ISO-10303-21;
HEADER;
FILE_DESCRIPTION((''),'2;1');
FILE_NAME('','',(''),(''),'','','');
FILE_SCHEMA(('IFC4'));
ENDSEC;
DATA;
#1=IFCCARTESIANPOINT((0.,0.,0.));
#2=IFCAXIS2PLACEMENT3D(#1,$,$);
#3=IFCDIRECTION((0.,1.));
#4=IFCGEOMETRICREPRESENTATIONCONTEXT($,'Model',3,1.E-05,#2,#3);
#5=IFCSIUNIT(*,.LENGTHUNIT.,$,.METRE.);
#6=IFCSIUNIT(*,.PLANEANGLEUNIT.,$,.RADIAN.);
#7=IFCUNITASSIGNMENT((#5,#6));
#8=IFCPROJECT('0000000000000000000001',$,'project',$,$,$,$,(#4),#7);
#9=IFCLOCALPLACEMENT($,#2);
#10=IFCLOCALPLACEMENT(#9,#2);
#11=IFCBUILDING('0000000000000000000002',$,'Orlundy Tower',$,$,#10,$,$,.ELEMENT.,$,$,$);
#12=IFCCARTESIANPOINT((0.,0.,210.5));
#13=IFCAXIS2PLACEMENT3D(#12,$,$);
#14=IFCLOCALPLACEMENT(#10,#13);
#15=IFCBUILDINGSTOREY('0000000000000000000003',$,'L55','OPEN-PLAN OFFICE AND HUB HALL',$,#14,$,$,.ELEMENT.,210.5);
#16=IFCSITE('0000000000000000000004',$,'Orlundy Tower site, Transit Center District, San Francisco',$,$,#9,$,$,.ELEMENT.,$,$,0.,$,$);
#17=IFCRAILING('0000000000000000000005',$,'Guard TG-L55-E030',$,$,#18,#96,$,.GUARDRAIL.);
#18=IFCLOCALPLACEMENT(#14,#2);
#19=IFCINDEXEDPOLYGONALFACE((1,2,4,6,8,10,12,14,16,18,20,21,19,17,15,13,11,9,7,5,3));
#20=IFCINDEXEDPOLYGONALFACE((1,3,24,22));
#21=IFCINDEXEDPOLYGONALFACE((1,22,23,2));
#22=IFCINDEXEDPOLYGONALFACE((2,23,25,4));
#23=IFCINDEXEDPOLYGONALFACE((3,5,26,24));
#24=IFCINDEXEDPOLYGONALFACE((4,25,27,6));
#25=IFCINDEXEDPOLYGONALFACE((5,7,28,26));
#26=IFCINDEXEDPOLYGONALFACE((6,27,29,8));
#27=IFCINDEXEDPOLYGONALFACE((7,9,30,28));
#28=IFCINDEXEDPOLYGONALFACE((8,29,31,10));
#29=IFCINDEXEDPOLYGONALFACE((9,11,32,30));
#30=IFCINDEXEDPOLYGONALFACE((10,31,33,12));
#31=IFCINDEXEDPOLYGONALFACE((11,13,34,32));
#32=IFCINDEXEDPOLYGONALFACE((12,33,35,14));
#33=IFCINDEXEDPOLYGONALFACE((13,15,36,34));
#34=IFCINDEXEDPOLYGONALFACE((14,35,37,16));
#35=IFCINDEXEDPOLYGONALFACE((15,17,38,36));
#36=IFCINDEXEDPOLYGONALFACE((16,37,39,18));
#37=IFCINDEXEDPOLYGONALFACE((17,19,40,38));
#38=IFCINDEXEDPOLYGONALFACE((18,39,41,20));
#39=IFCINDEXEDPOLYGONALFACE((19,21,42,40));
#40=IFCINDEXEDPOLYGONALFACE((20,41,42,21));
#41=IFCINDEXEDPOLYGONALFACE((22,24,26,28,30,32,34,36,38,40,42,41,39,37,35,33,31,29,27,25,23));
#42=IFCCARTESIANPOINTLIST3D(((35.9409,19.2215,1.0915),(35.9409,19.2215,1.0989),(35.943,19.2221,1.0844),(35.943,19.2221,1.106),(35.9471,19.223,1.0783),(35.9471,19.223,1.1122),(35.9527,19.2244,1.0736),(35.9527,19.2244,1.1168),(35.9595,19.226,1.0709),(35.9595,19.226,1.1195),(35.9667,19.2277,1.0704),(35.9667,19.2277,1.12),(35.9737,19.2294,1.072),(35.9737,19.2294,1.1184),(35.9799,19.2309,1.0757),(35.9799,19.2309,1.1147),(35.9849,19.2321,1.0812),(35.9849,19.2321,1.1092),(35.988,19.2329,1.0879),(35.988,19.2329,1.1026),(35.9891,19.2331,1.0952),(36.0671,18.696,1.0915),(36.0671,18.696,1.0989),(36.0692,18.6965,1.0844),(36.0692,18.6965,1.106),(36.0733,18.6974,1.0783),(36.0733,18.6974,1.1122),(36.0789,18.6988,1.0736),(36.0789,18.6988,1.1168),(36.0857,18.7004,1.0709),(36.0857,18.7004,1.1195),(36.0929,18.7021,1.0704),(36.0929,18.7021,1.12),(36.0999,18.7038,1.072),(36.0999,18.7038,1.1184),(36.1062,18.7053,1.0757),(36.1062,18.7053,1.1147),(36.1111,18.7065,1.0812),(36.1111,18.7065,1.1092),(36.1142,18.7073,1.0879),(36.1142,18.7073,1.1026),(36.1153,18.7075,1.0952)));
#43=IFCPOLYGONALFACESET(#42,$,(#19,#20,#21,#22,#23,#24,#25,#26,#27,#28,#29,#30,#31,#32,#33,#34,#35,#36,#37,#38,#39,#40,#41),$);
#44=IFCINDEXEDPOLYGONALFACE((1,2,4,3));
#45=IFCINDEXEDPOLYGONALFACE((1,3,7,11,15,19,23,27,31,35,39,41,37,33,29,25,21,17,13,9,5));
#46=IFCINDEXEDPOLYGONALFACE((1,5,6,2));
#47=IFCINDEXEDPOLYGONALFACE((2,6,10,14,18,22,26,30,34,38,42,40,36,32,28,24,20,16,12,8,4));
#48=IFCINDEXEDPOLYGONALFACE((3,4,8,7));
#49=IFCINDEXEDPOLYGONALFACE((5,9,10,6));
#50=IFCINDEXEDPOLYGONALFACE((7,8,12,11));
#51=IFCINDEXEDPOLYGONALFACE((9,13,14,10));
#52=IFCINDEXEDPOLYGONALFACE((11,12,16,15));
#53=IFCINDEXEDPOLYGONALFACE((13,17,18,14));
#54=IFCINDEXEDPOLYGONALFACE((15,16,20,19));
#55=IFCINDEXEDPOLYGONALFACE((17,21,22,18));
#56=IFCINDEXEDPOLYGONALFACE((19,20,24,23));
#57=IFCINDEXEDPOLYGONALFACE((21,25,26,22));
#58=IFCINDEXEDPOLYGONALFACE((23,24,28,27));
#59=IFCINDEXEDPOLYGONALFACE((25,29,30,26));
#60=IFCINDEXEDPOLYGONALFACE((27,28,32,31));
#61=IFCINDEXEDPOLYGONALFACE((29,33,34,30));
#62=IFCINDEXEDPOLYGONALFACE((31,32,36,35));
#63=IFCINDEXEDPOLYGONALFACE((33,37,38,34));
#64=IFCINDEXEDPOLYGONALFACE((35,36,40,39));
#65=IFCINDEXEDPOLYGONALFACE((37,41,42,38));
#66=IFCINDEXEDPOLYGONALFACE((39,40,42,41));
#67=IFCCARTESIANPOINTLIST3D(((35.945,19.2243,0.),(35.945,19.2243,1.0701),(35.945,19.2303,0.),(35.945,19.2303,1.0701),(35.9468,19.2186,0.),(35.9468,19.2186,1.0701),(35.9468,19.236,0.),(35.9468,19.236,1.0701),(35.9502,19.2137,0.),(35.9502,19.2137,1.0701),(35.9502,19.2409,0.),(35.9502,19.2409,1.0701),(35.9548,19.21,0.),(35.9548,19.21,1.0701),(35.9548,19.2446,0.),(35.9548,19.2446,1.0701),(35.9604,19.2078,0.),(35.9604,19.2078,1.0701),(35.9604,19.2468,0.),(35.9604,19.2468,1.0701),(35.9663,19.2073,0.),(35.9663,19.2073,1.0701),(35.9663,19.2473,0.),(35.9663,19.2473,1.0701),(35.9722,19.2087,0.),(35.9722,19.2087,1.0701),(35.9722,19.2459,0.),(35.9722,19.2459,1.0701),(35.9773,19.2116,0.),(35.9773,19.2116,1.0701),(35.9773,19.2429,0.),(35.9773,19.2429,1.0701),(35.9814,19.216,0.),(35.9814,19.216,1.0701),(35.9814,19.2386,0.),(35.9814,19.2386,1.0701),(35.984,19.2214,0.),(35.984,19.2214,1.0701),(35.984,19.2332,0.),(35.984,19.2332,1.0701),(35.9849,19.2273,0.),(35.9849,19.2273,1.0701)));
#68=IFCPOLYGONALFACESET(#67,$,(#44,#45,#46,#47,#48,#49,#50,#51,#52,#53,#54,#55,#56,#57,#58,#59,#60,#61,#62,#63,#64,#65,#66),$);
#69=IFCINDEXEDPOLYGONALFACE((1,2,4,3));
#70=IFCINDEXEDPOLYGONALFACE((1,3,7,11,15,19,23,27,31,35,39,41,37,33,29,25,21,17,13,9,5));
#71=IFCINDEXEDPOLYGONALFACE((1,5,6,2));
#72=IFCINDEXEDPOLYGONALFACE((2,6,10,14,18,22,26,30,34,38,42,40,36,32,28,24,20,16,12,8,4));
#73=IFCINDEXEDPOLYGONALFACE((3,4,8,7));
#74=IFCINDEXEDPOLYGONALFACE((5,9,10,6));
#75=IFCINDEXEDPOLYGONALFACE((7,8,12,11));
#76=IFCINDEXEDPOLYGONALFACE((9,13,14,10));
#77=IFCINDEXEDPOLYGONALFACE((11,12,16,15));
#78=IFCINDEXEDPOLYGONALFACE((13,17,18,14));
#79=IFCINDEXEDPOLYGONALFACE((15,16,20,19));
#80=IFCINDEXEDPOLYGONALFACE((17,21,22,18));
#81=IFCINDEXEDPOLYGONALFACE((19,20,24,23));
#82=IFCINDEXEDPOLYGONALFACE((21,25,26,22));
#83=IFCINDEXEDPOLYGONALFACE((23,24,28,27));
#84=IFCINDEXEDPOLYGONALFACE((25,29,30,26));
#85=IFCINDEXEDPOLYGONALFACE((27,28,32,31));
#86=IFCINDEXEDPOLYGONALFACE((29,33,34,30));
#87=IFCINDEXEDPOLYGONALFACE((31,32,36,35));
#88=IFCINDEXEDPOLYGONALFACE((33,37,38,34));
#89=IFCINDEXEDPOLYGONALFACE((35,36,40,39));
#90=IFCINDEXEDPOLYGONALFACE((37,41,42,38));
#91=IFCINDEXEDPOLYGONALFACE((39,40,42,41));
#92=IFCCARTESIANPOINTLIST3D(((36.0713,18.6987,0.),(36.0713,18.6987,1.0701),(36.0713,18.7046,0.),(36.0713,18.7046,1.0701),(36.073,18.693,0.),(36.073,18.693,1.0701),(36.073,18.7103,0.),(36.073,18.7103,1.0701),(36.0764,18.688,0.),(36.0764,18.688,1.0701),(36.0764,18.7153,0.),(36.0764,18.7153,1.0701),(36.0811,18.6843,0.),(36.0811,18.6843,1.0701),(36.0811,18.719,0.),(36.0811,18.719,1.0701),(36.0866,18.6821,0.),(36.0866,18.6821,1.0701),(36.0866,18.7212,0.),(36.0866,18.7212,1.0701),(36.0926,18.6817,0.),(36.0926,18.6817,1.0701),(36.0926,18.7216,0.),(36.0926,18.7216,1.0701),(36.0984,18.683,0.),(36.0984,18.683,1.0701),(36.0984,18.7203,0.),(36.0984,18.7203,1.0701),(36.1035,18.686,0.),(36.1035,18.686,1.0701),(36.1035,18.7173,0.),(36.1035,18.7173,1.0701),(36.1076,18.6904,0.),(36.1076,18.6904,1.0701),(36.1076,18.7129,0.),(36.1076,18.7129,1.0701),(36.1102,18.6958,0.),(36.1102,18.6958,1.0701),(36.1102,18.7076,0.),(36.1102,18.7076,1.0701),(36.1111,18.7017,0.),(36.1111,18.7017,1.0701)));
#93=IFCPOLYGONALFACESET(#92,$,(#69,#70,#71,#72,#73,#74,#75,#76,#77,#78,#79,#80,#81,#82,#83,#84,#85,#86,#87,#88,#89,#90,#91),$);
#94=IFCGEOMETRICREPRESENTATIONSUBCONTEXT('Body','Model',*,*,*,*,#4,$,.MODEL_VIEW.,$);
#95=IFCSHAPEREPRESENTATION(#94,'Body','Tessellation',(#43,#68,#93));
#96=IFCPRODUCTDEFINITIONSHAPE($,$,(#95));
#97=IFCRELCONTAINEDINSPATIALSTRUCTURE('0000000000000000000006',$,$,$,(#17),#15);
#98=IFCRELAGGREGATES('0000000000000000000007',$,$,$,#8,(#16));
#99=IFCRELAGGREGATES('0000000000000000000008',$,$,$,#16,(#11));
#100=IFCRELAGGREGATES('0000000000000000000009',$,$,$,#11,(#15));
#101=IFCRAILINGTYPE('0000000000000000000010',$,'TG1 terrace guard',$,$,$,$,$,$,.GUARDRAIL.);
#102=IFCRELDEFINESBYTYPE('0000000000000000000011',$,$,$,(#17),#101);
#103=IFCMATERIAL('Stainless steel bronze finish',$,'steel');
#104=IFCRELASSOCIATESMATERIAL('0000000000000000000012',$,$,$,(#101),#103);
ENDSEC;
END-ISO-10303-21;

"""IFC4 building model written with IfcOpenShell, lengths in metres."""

from ifc_helpers import new_model, si_unit, direction, frame, origin, origin_2d, place, context, subcontext, project, spatial, circle, extrude, material, type_object, element, save


model = new_model("IFC4")

# Units and contexts
model_context = context("Model", 3, precision=1e-05, world=origin(), true_north=direction((0.0, 1.0)))
body_context = subcontext(model_context, "Body", "Model", "MODEL_VIEW")
ifc_project = project(units=[si_unit("LENGTHUNIT", "METRE"), si_unit("PLANEANGLEUNIT", "RADIAN")], contexts=[model_context])

# Site, building, storey
site_placement = place(None, origin())
site = spatial("IfcSite", under=ifc_project, at=site_placement, Name="Orlundy Tower site, Transit Center District, San Francisco", CompositionType="ELEMENT", RefElevation=0.0)
building_placement = place(site_placement, origin())
building = spatial("IfcBuilding", under=site, at=building_placement, Name="Orlundy Tower", CompositionType="ELEMENT")
storey_placement = place(building_placement, frame((0.0, 0.0, 210.5)))
storey = spatial("IfcBuildingStorey", under=building, at=storey_placement, Name="L55", Description="OPEN-PLAN OFFICE AND HUB HALL", CompositionType="ELEMENT", Elevation=210.5)

# Railing
ifc_material_1 = material(Name="Stainless steel bronze finish", Category="steel")
railing_type = type_object("IfcRailingType", Name="TG1 terrace guard", PredefinedType="GUARDRAIL", material=ifc_material_1)
railing_1_placement = place(storey_placement, frame((35.9648, 19.2273, 0.0)))
element("IfcRailing", 1, at=railing_1_placement, inside=storey, type_object=railing_type, Name="Guard TG-L55-E030", PredefinedType="GUARDRAIL", context=body_context, shape_type="SweptSolid", body=[
    extrude(circle(Radius=0.0249, at=origin_2d()), frame((0.0, 0.0, 1.0952), z_axis=(0.233493, -0.972359, 0.0), x_axis=(0.972359, 0.233493, 0.0)), (0.0, 0.0, 1.0), 0.5405),
    extrude(circle(Radius=0.02, at=origin_2d()), origin(), (0.0, 0.0, 1.0), 1.0701),
    extrude(circle(Radius=0.02, at=origin_2d()), frame((0.1262, -0.5256, 0.0)), (0.0, 0.0, 1.0), 1.0701),
])

save(model, "model.ifc")
